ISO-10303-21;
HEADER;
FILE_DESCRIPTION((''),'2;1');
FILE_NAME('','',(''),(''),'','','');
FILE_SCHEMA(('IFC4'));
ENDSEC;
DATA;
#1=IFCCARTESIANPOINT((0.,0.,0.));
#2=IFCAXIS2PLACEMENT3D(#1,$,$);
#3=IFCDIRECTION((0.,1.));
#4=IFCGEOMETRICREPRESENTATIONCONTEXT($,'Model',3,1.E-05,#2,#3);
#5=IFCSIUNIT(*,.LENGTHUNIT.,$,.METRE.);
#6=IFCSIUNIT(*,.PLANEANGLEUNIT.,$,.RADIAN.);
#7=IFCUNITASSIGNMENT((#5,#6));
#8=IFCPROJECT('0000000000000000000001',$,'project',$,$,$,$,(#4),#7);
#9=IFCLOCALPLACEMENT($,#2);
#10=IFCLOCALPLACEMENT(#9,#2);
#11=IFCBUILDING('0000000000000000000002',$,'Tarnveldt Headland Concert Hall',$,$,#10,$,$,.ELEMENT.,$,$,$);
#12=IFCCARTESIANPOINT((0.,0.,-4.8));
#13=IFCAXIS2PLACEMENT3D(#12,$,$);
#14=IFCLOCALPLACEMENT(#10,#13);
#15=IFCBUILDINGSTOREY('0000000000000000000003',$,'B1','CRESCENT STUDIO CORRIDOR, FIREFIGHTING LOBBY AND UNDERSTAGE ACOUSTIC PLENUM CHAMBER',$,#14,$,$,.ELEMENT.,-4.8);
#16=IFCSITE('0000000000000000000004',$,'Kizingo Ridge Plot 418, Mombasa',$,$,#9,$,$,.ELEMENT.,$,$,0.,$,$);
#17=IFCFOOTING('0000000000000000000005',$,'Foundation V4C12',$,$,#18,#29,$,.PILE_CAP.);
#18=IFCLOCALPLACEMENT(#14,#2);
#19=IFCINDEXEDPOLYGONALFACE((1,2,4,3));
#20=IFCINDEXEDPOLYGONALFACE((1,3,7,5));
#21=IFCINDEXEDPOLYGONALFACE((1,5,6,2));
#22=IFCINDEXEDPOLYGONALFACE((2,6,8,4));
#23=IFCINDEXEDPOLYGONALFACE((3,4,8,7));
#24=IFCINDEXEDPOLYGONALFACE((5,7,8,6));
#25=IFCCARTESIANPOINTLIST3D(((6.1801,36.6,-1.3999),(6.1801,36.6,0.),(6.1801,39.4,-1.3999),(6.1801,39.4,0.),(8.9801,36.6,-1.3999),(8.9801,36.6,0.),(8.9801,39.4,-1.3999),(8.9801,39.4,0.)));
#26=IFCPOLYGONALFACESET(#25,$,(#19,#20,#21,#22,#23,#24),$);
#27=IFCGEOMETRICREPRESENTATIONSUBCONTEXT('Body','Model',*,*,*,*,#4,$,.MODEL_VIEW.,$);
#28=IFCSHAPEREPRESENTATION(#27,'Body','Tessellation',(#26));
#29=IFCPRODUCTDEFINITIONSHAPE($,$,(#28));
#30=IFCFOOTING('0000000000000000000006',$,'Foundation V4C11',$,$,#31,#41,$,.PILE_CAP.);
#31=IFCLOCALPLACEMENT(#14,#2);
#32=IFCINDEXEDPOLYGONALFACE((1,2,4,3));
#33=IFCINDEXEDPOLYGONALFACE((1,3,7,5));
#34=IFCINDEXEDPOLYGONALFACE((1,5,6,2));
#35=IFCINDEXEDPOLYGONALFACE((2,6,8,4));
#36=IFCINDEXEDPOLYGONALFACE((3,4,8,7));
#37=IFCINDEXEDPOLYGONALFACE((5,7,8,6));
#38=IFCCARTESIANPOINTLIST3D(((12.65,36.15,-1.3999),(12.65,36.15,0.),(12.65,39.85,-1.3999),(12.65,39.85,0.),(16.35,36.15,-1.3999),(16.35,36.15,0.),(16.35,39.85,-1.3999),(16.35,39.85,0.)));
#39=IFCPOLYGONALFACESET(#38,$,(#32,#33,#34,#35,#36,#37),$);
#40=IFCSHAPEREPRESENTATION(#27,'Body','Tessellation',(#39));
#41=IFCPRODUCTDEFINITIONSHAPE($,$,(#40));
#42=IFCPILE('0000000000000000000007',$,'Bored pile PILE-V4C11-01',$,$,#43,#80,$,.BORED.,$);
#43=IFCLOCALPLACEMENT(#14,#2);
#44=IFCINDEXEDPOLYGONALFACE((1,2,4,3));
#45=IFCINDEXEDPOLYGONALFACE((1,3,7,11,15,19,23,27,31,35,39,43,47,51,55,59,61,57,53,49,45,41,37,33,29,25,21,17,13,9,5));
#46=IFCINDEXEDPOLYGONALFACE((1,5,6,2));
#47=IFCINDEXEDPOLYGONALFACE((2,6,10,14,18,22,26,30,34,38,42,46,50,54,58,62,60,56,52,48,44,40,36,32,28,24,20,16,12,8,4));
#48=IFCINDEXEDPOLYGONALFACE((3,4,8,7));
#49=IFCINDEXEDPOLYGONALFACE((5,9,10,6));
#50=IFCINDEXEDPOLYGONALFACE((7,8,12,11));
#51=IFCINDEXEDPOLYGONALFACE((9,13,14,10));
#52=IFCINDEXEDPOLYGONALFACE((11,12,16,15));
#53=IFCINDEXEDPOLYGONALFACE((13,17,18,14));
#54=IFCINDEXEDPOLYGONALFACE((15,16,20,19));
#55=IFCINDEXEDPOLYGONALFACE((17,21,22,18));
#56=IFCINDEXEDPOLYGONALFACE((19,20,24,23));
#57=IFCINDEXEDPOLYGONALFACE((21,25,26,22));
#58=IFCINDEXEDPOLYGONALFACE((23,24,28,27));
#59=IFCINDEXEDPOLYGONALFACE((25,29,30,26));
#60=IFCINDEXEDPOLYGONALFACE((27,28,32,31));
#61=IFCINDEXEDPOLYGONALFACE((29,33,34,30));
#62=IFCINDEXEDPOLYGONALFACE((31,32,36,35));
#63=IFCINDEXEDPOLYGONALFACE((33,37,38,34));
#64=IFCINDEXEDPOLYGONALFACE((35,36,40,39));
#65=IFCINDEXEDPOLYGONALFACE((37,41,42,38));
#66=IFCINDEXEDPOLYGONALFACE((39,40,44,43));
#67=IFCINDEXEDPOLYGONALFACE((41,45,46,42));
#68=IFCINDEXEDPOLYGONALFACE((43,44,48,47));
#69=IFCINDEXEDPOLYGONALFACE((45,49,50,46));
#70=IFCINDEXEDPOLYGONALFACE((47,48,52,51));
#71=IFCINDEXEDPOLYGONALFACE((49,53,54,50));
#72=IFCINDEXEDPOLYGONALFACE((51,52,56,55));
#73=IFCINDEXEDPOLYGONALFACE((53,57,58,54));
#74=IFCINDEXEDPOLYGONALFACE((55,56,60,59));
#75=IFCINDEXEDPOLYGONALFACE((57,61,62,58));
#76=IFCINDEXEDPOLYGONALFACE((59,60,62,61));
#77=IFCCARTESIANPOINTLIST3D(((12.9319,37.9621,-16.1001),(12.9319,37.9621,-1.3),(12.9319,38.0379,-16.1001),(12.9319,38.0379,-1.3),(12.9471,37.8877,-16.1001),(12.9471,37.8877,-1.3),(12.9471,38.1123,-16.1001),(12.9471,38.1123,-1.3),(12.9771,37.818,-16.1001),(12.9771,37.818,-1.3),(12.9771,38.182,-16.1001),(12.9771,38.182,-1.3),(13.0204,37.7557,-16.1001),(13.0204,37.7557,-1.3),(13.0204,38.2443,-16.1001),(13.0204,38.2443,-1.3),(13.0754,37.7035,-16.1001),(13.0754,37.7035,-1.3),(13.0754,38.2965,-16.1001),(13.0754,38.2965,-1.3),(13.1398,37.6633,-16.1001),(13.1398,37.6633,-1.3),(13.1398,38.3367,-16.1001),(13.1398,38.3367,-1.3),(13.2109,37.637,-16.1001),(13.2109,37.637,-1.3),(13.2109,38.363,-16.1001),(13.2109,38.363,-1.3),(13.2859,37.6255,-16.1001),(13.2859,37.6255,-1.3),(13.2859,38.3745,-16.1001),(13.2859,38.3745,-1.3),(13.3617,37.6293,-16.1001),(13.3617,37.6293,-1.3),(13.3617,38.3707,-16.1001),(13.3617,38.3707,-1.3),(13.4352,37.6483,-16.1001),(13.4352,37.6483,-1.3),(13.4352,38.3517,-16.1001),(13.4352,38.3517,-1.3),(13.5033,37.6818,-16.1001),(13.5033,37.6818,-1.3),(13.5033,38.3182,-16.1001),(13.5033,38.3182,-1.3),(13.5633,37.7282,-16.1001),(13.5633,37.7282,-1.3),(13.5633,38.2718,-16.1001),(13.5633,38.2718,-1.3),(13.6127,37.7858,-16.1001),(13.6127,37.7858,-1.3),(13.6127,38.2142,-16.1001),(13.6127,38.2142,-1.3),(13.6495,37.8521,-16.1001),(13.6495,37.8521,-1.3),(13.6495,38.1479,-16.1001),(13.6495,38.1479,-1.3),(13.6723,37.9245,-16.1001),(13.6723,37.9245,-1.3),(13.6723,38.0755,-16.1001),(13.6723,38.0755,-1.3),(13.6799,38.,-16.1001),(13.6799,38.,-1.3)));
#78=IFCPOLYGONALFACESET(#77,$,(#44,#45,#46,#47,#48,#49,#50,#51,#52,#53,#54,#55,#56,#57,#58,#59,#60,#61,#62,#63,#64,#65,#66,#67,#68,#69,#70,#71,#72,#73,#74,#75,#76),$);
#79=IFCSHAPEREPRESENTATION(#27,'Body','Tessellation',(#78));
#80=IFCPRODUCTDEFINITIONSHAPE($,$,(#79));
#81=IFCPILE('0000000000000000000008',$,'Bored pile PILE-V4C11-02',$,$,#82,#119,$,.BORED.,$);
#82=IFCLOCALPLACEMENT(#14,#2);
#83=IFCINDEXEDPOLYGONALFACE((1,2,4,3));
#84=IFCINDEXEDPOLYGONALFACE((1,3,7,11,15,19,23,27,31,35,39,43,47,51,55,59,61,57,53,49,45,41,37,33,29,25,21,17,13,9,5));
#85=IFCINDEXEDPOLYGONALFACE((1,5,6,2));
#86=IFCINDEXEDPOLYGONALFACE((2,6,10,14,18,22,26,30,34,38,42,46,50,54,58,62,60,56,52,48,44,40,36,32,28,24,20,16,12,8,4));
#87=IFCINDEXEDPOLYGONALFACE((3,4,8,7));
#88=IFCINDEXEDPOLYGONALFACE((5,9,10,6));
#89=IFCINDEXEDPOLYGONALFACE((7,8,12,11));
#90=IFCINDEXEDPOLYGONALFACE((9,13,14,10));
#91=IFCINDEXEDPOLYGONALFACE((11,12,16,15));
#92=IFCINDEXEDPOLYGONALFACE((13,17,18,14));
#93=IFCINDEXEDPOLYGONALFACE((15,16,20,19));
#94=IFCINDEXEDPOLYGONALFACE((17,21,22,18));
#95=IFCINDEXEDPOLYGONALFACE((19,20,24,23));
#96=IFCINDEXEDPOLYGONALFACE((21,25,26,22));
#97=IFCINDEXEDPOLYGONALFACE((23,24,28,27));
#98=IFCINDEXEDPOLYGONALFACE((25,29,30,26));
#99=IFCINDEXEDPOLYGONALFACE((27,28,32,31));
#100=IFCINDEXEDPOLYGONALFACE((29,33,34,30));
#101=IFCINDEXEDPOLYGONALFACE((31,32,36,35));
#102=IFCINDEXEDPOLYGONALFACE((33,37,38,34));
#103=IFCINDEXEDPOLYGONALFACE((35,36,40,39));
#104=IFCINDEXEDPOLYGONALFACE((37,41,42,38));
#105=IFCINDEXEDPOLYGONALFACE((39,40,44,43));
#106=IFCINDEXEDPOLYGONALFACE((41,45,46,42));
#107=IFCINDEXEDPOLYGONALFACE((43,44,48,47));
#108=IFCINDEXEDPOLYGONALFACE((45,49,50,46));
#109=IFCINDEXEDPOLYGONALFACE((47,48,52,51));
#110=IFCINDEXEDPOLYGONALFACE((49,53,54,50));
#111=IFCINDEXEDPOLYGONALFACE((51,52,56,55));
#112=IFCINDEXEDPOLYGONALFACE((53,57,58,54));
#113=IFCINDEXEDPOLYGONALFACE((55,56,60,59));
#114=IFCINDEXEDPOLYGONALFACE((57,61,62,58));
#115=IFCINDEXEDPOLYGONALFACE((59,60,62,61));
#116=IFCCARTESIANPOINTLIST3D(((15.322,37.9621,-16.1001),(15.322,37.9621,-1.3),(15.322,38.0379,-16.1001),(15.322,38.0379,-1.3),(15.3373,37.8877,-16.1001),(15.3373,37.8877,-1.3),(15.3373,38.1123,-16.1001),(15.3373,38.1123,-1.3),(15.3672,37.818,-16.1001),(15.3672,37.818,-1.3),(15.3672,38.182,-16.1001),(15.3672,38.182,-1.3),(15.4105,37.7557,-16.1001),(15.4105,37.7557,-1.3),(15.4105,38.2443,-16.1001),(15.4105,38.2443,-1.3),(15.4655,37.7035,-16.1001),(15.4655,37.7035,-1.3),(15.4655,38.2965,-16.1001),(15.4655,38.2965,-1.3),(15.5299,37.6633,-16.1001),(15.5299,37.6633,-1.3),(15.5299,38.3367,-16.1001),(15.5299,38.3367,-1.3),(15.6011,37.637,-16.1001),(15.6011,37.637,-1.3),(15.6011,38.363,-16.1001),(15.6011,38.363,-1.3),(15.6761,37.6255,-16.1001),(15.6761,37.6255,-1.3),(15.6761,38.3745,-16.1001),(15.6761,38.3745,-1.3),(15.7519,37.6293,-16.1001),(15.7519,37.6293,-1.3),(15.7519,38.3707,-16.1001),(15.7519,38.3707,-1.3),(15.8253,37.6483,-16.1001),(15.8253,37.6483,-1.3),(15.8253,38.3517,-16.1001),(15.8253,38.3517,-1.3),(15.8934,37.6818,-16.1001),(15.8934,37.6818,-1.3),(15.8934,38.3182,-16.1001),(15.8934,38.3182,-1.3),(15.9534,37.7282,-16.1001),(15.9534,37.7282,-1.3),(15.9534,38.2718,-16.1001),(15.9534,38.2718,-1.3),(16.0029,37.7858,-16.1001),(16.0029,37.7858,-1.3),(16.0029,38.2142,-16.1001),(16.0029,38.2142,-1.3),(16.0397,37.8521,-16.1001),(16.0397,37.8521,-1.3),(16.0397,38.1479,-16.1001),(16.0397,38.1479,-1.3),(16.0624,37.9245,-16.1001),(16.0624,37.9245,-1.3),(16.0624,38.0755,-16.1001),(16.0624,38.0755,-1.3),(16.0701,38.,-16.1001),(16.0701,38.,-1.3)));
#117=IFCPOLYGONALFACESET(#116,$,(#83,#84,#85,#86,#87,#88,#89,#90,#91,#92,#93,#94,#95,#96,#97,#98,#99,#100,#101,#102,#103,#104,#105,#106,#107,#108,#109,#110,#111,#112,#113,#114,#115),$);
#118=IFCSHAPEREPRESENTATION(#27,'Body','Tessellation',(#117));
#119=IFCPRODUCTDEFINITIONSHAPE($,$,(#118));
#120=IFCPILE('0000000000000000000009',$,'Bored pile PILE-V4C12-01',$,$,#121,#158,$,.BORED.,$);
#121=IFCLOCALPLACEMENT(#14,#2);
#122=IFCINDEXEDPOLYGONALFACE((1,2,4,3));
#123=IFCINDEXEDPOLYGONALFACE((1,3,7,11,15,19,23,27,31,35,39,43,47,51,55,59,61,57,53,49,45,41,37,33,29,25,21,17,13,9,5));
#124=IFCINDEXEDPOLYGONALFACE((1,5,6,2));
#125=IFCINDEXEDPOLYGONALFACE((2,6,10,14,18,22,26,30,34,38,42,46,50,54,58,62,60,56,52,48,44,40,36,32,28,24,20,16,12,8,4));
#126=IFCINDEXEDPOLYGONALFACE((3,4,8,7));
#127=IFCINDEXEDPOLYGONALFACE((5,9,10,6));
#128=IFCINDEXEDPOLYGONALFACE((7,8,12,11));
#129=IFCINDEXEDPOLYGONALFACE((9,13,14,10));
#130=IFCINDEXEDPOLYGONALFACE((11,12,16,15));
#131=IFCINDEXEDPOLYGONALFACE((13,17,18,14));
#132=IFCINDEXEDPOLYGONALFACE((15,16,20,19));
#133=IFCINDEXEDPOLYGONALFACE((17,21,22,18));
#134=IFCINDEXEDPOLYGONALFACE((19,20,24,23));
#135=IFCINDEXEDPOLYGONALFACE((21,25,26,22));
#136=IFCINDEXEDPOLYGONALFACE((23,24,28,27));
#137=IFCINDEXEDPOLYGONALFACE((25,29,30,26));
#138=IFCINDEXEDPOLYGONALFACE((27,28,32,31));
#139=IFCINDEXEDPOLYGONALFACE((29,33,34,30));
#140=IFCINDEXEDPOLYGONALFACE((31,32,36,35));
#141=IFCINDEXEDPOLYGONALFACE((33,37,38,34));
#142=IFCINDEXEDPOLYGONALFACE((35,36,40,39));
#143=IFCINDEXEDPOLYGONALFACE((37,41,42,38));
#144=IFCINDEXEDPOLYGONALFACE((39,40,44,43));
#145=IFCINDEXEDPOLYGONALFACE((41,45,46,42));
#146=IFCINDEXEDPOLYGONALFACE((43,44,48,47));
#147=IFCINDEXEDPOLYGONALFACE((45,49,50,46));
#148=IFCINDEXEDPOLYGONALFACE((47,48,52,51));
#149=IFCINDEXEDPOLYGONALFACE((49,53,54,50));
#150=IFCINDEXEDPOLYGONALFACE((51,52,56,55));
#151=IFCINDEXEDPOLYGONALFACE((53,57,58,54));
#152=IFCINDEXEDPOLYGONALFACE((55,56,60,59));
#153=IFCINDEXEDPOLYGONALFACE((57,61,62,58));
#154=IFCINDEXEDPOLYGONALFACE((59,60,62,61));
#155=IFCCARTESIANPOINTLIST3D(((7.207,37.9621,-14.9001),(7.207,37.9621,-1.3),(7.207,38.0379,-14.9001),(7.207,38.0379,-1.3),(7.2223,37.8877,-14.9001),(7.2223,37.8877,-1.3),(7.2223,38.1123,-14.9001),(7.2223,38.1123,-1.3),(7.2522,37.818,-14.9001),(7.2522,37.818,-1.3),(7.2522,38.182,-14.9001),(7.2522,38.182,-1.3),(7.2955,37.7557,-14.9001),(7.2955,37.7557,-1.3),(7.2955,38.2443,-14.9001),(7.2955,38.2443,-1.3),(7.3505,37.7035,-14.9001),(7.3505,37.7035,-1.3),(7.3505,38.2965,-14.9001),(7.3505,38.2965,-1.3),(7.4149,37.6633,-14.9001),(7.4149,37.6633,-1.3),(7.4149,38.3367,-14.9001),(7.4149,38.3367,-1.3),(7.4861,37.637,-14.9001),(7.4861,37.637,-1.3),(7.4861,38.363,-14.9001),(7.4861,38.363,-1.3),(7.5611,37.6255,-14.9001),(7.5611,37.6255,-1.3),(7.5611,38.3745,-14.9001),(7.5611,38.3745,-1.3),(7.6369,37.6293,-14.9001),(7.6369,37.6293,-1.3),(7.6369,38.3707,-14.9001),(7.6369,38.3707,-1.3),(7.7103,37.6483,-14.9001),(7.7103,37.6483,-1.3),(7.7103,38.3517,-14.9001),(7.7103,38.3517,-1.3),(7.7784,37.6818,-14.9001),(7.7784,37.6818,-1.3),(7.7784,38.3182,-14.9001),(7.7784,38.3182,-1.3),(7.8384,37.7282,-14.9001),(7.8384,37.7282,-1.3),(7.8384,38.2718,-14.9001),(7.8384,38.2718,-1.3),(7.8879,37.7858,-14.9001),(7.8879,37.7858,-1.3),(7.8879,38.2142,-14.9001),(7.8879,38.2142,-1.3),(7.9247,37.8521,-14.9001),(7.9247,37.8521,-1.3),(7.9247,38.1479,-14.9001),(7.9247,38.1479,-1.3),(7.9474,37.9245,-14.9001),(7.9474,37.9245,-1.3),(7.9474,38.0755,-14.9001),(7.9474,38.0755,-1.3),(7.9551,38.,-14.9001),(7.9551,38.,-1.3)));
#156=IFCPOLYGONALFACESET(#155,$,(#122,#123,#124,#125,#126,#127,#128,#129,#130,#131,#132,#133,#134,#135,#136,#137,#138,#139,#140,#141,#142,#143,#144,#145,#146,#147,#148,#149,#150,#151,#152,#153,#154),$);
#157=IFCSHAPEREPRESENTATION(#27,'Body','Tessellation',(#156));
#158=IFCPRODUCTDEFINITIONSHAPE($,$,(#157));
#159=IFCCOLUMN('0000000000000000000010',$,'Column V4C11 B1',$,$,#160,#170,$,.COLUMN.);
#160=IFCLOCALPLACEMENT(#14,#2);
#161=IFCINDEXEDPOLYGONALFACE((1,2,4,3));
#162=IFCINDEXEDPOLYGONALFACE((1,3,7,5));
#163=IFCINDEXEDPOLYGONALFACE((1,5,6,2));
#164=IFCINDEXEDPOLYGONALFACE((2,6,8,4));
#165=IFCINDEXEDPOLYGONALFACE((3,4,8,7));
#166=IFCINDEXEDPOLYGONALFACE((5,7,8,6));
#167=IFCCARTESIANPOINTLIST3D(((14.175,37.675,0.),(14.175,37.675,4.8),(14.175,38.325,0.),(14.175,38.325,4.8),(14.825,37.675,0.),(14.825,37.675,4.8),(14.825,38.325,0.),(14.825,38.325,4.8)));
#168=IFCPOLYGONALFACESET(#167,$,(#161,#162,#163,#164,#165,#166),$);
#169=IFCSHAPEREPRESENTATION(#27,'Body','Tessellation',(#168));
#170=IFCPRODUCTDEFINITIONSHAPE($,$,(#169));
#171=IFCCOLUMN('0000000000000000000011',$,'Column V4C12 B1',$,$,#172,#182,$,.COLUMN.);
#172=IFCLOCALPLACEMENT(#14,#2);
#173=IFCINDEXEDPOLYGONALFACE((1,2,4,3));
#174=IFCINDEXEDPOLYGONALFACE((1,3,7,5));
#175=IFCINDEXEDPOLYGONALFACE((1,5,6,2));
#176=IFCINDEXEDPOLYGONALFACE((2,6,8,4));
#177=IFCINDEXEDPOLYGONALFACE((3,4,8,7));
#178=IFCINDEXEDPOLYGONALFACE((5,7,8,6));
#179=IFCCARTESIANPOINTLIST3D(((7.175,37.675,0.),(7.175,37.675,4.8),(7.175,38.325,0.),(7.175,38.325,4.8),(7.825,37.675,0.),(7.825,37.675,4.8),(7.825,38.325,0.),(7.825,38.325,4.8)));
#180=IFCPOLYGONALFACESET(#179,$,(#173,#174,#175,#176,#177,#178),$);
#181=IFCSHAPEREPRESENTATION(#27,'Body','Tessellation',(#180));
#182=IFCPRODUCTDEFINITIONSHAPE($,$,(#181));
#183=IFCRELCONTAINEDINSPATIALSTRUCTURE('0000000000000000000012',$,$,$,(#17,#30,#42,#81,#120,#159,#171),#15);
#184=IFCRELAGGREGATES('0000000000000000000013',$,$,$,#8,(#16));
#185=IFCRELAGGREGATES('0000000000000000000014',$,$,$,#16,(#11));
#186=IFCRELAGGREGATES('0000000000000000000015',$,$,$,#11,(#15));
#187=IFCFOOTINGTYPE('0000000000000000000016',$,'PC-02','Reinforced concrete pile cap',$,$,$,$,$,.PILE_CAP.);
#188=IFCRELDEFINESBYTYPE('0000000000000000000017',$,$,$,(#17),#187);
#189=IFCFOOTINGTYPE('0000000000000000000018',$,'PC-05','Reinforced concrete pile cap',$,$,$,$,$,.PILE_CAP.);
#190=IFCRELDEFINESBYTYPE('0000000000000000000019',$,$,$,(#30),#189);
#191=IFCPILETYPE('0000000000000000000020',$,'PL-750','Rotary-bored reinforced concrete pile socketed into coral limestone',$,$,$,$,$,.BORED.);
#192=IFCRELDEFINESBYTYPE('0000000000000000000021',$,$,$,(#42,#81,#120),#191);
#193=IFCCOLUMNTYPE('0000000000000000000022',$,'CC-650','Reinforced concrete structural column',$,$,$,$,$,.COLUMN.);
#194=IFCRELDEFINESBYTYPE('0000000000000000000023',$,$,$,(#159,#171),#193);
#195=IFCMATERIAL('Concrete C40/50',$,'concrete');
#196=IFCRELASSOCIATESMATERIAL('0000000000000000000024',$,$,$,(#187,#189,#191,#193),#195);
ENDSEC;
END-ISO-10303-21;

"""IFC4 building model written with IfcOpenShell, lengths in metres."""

from ifc_helpers import new_model, si_unit, direction, frame, origin, origin_2d, place, context, subcontext, project, spatial, rectangle, circle, extrude, material, material_profile, profile_set, type_object, element, save


model = new_model("IFC4")

# Units and contexts
model_context = context("Model", 3, precision=1e-05, world=origin(), true_north=direction((0.0, 1.0)))
body_context = subcontext(model_context, "Body", "Model", "MODEL_VIEW")
ifc_project = project(units=[si_unit("LENGTHUNIT", "METRE"), si_unit("PLANEANGLEUNIT", "RADIAN")], contexts=[model_context])

# Site, building, storey
site_placement = place(None, origin())
site = spatial("IfcSite", under=ifc_project, at=site_placement, Name="Kizingo Ridge Plot 418, Mombasa", CompositionType="ELEMENT", RefElevation=0.0)
building_placement = place(site_placement, origin())
building = spatial("IfcBuilding", under=site, at=building_placement, Name="Tarnveldt Headland Concert Hall", CompositionType="ELEMENT")
storey_placement = place(building_placement, frame((0.0, 0.0, -4.8)))
storey = spatial("IfcBuildingStorey", under=building, at=storey_placement, Name="B1", Description="CRESCENT STUDIO CORRIDOR, FIREFIGHTING LOBBY AND UNDERSTAGE ACOUSTIC PLENUM CHAMBER", CompositionType="ELEMENT", Elevation=-4.8)

# Footings
ifc_material_1 = material(Name="Concrete C40/50", Category="concrete")
footing_type_1 = type_object("IfcFootingType", Name="PC-02", Description="Reinforced concrete pile cap", PredefinedType="PILE_CAP", material=ifc_material_1)
footing_1_placement = place(storey_placement, frame((7.5801, 38.0, -1.3999), z_axis=(0.0, 0.0, 1.0), x_axis=(1.0, 0.0, 0.0)))
element("IfcFooting", 1, at=footing_1_placement, inside=storey, type_object=footing_type_1, Name="Foundation V4C12", PredefinedType="PILE_CAP", context=body_context, shape_type="SweptSolid", body=[
    extrude(rectangle(XDim=2.8, YDim=2.8, at=origin_2d()), origin(), (0.0, 0.0, 1.0), 1.3999),
])
footing_type_2 = type_object("IfcFootingType", Name="PC-05", Description="Reinforced concrete pile cap", PredefinedType="PILE_CAP", material=ifc_material_1)
footing_2_placement = place(storey_placement, frame((14.5, 38.0, -1.3999), z_axis=(0.0, 0.0, 1.0), x_axis=(1.0, 0.0, 0.0)))
element("IfcFooting", 2, at=footing_2_placement, inside=storey, type_object=footing_type_2, Name="Foundation V4C11", PredefinedType="PILE_CAP", context=body_context, shape_type="SweptSolid", body=[
    extrude(rectangle(XDim=3.7, YDim=3.7, at=origin_2d()), origin(), (0.0, 0.0, 1.0), 1.3999),
])

# Piles
ifc_material_profile_1 = material_profile(ifc_material_1, circle(Radius=0.375, at=origin_2d()), Name="BORED PILE D750", Category="concrete")
ifc_profile_set_1 = profile_set([ifc_material_profile_1], Name="Concrete C40/50")
pile_type = type_object("IfcPileType", Name="PL-750", Description="Rotary-bored reinforced concrete pile socketed into coral limestone", PredefinedType="BORED", material=ifc_profile_set_1)
for number, where, z_axis, x_axis, name in (
    (3, (13.3049, 38.0, -1.3), (0.0, 0.0, -1.0), (1.0, 0.0, 0.0), "Bored pile PILE-V4C11-01"),
    (4, (15.6951, 38.0, -1.3), (0.0, 0.0, -1.0), (1.0, 0.0, 0.0), "Bored pile PILE-V4C11-02"),
):
    element("IfcPile", number, at=place(storey_placement, frame(where, z_axis=z_axis, x_axis=x_axis)), inside=storey, type_object=pile_type, Name=name, PredefinedType="BORED", context=body_context, shape_type="SweptSolid", body=[
        extrude(circle(Radius=0.375, at=origin_2d()), origin(), (0.0, 0.0, 1.0), 14.8),
    ])
pile_placement = place(storey_placement, frame((7.5801, 38.0, -1.3), z_axis=(0.0, 0.0, -1.0), x_axis=(1.0, 0.0, 0.0)))
element("IfcPile", 5, at=pile_placement, inside=storey, type_object=pile_type, Name="Bored pile PILE-V4C12-01", PredefinedType="BORED", context=body_context, shape_type="SweptSolid", body=[
    extrude(circle(Radius=0.375, at=origin_2d()), origin(), (0.0, 0.0, 1.0), 13.6001),
])

# Columns
ifc_material_profile_2 = material_profile(ifc_material_1, rectangle(XDim=0.6499, YDim=0.6499, at=origin_2d()), Name="RC 650x650", Category="concrete")
ifc_profile_set_2 = profile_set([ifc_material_profile_2], Name="Concrete C40/50")
column_type_1 = type_object("IfcColumnType", Name="CC-650", Description="Reinforced concrete structural column", PredefinedType="COLUMN", material=ifc_profile_set_2)
for number, where, z_axis, x_axis, name in (
    (6, (14.5, 38.0, 0.0), (0.0, 0.0, 1.0), (1.0, 0.0, 0.0), "Column V4C11 B1"),
    (7, (7.5, 38.0, 0.0), (0.0, 0.0, 1.0), (1.0, 0.0, 0.0), "Column V4C12 B1"),
):
    element("IfcColumn", number, at=place(storey_placement, frame(where, z_axis=z_axis, x_axis=x_axis)), inside=storey, type_object=column_type_1, Name=name, PredefinedType="COLUMN", context=body_context, shape_type="SweptSolid", body=[
        extrude(rectangle(XDim=0.6499, YDim=0.6499, at=origin_2d()), origin(), (0.0, 0.0, 1.0), 4.8),
    ])

save(model, "model.ifc")
